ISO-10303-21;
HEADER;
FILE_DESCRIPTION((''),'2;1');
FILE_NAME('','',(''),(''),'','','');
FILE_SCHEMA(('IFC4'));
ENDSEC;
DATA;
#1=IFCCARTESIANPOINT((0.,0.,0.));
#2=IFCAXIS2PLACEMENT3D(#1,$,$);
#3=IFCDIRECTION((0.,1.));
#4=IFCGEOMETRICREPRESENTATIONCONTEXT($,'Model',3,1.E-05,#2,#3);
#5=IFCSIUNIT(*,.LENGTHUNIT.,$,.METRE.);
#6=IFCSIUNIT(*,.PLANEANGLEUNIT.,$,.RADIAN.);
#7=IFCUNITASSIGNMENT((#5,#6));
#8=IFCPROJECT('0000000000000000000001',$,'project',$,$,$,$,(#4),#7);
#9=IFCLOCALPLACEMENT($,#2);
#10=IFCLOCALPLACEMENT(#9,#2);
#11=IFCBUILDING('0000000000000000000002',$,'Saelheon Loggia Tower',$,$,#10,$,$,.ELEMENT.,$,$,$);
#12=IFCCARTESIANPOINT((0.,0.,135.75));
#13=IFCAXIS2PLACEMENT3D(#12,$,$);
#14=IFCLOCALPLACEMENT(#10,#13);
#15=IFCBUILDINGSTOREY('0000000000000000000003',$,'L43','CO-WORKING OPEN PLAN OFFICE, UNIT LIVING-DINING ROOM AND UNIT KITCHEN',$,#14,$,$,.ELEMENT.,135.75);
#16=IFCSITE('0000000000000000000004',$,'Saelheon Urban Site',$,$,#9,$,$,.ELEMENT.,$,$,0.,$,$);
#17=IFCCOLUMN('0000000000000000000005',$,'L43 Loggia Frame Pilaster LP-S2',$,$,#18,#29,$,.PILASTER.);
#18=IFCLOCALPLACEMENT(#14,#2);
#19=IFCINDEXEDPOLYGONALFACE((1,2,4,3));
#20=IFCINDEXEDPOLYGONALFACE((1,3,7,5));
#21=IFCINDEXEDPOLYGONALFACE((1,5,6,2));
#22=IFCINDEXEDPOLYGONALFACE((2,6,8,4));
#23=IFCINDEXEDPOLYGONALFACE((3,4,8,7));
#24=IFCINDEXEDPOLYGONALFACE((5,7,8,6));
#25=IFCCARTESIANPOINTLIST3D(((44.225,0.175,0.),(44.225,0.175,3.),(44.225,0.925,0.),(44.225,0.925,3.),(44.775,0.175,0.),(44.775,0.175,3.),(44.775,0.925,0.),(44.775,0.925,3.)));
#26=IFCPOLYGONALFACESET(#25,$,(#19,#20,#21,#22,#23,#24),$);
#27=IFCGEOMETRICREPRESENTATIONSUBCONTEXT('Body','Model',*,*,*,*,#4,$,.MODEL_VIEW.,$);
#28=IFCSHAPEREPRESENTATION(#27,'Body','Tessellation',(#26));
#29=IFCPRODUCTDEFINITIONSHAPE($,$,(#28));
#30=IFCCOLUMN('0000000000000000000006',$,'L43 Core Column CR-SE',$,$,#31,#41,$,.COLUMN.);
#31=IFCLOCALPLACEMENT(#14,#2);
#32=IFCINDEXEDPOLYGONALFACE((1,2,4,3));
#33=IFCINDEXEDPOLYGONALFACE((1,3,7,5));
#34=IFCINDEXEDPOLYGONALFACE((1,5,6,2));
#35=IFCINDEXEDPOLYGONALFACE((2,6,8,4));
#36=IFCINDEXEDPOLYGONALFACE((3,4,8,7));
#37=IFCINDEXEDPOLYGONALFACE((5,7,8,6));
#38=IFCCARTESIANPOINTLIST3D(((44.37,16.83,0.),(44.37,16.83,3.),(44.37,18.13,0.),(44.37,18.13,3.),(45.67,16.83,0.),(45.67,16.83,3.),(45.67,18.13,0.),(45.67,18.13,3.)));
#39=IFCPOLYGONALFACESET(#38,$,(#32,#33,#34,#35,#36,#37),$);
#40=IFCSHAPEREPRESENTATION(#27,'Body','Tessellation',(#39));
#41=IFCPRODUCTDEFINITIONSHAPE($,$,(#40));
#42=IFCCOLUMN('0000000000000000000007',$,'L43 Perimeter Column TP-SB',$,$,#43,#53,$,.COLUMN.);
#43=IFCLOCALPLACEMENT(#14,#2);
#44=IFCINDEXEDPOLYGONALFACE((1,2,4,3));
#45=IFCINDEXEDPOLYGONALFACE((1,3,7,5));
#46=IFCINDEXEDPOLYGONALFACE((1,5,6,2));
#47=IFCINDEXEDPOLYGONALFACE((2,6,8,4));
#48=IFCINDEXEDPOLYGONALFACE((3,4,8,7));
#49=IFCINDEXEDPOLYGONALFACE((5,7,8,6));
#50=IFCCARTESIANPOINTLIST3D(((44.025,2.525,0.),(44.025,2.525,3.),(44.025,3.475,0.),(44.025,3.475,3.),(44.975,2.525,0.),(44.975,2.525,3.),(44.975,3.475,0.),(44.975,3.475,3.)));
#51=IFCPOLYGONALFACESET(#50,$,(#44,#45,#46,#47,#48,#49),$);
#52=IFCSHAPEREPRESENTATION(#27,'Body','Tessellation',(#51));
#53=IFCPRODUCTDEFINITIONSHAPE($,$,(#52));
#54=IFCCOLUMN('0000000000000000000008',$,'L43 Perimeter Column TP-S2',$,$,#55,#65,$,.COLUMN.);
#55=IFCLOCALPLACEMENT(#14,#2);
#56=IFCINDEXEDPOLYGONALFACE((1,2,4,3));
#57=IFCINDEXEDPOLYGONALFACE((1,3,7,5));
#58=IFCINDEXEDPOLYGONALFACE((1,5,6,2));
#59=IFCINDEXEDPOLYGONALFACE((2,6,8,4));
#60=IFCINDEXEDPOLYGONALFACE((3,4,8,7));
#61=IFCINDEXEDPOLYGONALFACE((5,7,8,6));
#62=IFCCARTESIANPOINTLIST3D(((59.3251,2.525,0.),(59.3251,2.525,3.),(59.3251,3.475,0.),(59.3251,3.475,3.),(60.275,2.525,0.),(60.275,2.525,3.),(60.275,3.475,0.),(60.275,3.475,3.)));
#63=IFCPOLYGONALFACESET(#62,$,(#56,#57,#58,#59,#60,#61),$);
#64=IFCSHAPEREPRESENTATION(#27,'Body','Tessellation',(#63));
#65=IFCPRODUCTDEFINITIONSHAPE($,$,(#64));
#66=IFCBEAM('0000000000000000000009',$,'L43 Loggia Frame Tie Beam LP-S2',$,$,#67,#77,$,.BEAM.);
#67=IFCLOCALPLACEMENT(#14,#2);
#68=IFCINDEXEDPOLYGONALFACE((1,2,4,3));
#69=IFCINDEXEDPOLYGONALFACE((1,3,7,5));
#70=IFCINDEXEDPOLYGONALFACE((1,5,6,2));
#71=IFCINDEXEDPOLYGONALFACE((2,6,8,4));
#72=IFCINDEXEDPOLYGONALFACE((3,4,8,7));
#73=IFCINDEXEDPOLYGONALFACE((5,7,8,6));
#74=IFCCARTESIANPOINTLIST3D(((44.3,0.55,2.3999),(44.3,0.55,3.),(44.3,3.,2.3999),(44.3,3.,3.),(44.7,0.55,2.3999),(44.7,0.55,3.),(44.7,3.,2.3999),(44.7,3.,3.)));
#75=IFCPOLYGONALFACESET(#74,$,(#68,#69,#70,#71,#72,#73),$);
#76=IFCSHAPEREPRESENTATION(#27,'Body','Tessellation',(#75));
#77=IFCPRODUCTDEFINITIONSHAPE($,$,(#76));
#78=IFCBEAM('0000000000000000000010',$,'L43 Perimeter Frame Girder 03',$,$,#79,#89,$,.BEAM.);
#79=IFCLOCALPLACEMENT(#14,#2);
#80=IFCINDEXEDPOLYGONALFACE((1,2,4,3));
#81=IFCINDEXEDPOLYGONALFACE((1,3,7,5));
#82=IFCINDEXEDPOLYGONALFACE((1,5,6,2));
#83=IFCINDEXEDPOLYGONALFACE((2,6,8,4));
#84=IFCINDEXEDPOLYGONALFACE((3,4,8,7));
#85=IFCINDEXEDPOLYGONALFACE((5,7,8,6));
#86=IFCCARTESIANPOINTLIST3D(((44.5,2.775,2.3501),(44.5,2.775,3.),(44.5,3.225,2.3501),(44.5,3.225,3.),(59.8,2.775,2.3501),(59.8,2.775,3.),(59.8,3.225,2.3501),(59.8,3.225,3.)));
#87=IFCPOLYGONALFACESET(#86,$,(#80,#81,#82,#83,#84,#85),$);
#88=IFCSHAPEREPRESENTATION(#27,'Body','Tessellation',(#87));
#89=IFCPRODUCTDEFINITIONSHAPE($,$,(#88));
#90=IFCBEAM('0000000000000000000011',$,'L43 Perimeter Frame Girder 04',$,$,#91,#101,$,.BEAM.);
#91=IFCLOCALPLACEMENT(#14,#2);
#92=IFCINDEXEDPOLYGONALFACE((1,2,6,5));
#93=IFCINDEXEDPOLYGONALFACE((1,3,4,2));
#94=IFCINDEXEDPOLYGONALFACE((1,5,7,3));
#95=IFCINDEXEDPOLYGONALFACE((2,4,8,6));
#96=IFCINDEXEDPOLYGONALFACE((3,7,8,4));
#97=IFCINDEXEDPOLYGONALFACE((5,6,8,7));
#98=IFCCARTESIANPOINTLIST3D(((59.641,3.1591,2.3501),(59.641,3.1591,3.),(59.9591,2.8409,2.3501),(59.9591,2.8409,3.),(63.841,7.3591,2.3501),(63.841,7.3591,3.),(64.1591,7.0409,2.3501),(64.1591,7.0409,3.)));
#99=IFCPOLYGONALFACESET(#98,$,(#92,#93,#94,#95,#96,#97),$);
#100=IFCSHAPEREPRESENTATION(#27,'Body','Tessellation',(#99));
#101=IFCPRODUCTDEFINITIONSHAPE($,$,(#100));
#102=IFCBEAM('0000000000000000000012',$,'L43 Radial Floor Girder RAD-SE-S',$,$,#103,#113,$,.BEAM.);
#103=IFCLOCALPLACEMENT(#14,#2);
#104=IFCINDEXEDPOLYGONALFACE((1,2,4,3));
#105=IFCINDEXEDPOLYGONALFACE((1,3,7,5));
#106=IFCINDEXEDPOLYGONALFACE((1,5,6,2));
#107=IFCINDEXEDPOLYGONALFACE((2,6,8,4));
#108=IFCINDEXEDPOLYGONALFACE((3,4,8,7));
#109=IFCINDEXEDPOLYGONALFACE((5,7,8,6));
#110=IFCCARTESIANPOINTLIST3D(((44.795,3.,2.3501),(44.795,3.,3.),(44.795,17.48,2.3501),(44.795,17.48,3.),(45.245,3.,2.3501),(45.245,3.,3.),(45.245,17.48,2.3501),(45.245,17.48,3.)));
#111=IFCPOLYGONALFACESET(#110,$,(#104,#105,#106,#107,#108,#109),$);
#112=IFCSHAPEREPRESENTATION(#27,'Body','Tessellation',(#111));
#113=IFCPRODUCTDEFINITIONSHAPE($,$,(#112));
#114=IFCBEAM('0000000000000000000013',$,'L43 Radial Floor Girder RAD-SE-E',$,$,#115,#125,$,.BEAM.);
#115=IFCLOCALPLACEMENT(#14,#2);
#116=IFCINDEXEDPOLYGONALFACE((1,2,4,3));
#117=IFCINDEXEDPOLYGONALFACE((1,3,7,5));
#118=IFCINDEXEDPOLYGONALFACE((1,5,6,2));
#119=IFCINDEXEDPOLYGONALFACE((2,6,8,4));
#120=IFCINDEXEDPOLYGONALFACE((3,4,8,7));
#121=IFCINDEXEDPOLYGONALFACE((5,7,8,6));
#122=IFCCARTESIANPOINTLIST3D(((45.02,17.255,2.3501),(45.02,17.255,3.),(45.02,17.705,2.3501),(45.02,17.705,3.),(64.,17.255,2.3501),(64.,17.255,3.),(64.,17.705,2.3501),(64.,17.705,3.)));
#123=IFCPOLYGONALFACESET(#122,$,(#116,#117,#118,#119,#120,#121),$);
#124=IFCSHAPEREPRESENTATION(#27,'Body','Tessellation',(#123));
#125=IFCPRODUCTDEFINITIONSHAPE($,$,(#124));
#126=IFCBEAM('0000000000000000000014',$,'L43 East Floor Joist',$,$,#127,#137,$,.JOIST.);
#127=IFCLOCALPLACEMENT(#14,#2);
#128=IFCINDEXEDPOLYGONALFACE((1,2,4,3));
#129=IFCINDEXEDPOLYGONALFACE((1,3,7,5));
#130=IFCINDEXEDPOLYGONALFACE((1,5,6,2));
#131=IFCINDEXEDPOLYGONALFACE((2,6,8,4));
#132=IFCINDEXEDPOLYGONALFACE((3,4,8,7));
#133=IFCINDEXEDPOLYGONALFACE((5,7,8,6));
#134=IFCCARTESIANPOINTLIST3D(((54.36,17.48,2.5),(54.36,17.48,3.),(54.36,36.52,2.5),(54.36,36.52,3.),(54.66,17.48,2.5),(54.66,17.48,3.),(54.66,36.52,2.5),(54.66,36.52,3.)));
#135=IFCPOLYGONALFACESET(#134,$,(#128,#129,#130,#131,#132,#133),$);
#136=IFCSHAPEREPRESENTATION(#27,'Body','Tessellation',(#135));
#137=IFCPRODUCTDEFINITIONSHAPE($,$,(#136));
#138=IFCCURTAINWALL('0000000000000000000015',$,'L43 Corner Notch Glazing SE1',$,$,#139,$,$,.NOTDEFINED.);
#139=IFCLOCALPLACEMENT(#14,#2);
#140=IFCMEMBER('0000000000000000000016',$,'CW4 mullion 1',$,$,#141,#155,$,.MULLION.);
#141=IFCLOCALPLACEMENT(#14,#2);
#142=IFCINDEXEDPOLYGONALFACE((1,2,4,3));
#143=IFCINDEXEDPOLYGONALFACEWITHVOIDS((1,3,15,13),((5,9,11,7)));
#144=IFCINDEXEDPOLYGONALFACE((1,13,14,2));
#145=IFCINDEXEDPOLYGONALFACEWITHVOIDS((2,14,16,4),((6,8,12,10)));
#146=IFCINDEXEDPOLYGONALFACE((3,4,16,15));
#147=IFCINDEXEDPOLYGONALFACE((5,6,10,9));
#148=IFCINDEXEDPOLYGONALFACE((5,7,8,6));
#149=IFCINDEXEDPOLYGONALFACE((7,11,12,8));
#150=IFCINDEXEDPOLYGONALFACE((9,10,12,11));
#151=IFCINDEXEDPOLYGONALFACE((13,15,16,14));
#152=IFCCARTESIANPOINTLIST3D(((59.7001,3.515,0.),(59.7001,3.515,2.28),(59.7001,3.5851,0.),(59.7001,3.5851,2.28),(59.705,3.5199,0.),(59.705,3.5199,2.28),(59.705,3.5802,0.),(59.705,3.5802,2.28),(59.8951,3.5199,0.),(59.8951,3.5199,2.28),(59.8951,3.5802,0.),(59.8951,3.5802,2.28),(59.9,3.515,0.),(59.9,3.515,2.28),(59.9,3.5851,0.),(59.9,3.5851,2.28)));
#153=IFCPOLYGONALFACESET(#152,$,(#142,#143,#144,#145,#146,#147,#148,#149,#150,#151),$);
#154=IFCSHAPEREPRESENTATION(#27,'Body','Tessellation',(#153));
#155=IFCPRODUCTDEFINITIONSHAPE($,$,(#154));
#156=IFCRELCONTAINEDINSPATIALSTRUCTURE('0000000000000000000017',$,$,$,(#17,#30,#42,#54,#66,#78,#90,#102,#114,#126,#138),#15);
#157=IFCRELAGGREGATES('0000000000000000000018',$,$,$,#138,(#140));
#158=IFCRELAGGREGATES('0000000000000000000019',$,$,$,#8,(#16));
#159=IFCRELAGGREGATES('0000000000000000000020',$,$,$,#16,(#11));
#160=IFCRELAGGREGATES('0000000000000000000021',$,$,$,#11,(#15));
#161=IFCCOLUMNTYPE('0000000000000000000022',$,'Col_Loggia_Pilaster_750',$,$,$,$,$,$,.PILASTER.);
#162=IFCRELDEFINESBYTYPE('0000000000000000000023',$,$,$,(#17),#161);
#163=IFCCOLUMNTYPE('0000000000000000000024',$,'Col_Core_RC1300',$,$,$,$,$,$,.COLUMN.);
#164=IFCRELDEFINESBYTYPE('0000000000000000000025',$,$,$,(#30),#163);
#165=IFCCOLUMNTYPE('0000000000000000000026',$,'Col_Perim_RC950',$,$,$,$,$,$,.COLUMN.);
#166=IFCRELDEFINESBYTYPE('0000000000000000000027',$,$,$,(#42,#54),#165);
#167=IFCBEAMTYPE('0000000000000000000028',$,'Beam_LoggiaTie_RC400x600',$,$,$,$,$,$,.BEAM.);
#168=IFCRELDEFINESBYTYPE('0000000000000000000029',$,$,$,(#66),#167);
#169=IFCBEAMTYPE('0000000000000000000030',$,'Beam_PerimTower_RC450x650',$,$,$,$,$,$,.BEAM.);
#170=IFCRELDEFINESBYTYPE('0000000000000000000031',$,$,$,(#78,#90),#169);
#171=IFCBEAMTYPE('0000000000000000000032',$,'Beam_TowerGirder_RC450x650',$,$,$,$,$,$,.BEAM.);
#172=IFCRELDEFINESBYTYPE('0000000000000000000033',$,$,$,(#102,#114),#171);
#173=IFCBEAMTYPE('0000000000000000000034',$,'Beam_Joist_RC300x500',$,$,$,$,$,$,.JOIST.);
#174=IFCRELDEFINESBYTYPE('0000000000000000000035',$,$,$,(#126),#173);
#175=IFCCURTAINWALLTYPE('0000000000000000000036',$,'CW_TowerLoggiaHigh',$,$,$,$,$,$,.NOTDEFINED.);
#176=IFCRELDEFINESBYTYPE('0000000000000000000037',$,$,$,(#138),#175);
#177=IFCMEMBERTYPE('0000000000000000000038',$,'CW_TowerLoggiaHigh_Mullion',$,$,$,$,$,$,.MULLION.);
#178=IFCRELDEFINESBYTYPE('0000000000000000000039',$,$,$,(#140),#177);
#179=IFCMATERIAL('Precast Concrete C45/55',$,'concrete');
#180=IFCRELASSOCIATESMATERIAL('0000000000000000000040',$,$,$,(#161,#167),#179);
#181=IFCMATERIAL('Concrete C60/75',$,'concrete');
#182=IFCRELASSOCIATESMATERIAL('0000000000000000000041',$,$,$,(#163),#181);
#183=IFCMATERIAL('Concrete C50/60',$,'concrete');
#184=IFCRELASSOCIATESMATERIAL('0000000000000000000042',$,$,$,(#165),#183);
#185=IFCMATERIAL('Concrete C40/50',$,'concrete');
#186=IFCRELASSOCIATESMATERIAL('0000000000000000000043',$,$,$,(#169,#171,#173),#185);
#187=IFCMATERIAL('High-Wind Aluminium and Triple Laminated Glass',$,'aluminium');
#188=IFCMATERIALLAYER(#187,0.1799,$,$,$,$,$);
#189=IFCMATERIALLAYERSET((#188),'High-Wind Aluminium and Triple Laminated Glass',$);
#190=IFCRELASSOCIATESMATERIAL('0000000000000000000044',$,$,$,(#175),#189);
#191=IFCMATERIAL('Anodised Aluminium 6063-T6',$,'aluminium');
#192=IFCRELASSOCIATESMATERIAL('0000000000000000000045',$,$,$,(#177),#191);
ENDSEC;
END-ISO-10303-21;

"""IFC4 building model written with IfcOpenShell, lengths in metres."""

from ifc_helpers import new_model, si_unit, direction, frame, origin, origin_2d, place, context, subcontext, project, spatial, rectangle, hollow_rectangle, extrude, source, transform, mapped, material, layer, layer_set, material_profile, profile_set, type_object, element, aggregate, save


model = new_model("IFC4")

# Units and contexts
model_context = context("Model", 3, precision=1e-05, world=origin(), true_north=direction((0.0, 1.0)))
body_context = subcontext(model_context, "Body", "Model", "MODEL_VIEW")
ifc_project = project(units=[si_unit("LENGTHUNIT", "METRE"), si_unit("PLANEANGLEUNIT", "RADIAN")], contexts=[model_context])

# Site, building, storey
site_placement = place(None, origin())
site = spatial("IfcSite", under=ifc_project, at=site_placement, Name="Saelheon Urban Site", CompositionType="ELEMENT", RefElevation=0.0)
building_placement = place(site_placement, origin())
building = spatial("IfcBuilding", under=site, at=building_placement, Name="Saelheon Loggia Tower", CompositionType="ELEMENT")
storey_placement = place(building_placement, frame((0.0, 0.0, 135.75)))
storey = spatial("IfcBuildingStorey", under=building, at=storey_placement, Name="L43", Description="CO-WORKING OPEN PLAN OFFICE, UNIT LIVING-DINING ROOM AND UNIT KITCHEN", CompositionType="ELEMENT", Elevation=135.75)

# Columns
ifc_material_1 = material(Name="Precast Concrete C45/55", Category="concrete")
ifc_material_profile_1 = material_profile(ifc_material_1, rectangle(XDim=0.55, YDim=0.75, at=origin_2d()), Name="RC-550x750")
ifc_profile_set_1 = profile_set([ifc_material_profile_1], Name="Precast Concrete C45/55")
column_type_1 = type_object("IfcColumnType", Name="Col_Loggia_Pilaster_750", PredefinedType="PILASTER", material=ifc_profile_set_1)
shared_shape_1 = source(origin(), body_context, "Body", "SweptSolid", [
    extrude(rectangle(XDim=0.55, YDim=0.75, at=origin_2d()), origin(), (0.0, 0.0, 1.0), 3.0),
])
column_1_placement = place(storey_placement, frame((44.5, 0.55, 0.0), z_axis=(0.0, 0.0, 1.0), x_axis=(1.0, 0.0, 0.0)))
element("IfcColumn", 1, at=column_1_placement, inside=storey, type_object=column_type_1, Name="L43 Loggia Frame Pilaster LP-S2", PredefinedType="PILASTER", context=body_context, shape_type="MappedRepresentation", body=[
    mapped(shared_shape_1, transform((0.0, 0.0, 0.0), scale=1.0)),
])
ifc_material_2 = material(Name="Concrete C60/75", Category="concrete")
ifc_material_profile_2 = material_profile(ifc_material_2, rectangle(XDim=1.3, YDim=1.3, at=origin_2d()), Name="RC-1300x1300")
ifc_profile_set_2 = profile_set([ifc_material_profile_2], Name="Concrete C60/75")
column_type_2 = type_object("IfcColumnType", Name="Col_Core_RC1300", PredefinedType="COLUMN", material=ifc_profile_set_2)
shared_shape_2 = source(origin(), body_context, "Body", "SweptSolid", [
    extrude(rectangle(XDim=1.3, YDim=1.3, at=origin_2d()), origin(), (0.0, 0.0, 1.0), 3.0),
])
column_2_placement = place(storey_placement, frame((45.02, 17.48, 0.0), z_axis=(0.0, 0.0, 1.0), x_axis=(1.0, 0.0, 0.0)))
element("IfcColumn", 2, at=column_2_placement, inside=storey, type_object=column_type_2, Name="L43 Core Column CR-SE", PredefinedType="COLUMN", context=body_context, shape_type="MappedRepresentation", body=[
    mapped(shared_shape_2, transform((0.0, 0.0, 0.0), scale=1.0)),
])
ifc_material_3 = material(Name="Concrete C50/60", Category="concrete")
ifc_material_profile_3 = material_profile(ifc_material_3, rectangle(XDim=0.95, YDim=0.95, at=origin_2d()), Name="RC-950x950")
ifc_profile_set_3 = profile_set([ifc_material_profile_3], Name="Concrete C50/60")
column_type_3 = type_object("IfcColumnType", Name="Col_Perim_RC950", PredefinedType="COLUMN", material=ifc_profile_set_3)
shared_shape_3 = source(origin(), body_context, "Body", "SweptSolid", [
    extrude(rectangle(XDim=0.95, YDim=0.95, at=origin_2d()), origin(), (0.0, 0.0, 1.0), 3.0),
])
for number, where, z_axis, x_axis, name in (
    (3, (44.5, 3.0, 0.0), (0.0, 0.0, 1.0), (1.0, 0.0, 0.0), "L43 Perimeter Column TP-SB"),
    (4, (59.8, 3.0, 0.0), (0.0, 0.0, 1.0), (1.0, 0.0, 0.0), "L43 Perimeter Column TP-S2"),
):
    element("IfcColumn", number, at=place(storey_placement, frame(where, z_axis=z_axis, x_axis=x_axis)), inside=storey, type_object=column_type_3, Name=name, PredefinedType="COLUMN", context=body_context, shape_type="MappedRepresentation", body=[
        mapped(shared_shape_3, transform((0.0, 0.0, 0.0), scale=1.0)),
    ])

# Beams
ifc_material_profile_4 = material_profile(ifc_material_1, rectangle(XDim=0.3999, YDim=0.6001, at=origin_2d()), Name="RC-400x600")
ifc_profile_set_4 = profile_set([ifc_material_profile_4], Name="Precast Concrete C45/55")
beam_type_1 = type_object("IfcBeamType", Name="Beam_LoggiaTie_RC400x600", PredefinedType="BEAM", material=ifc_profile_set_4)
shared_shape_4 = source(origin(), body_context, "Body", "SweptSolid", [
    extrude(rectangle(XDim=0.3999, YDim=0.6001, at=origin_2d()), origin(), (0.0, 0.0, 1.0), 2.45),
])
beam_1_placement = place(storey_placement, frame((44.5, 3.0, 2.7), z_axis=(0.0, -1.0, 0.0), x_axis=(1.0, 0.0, 0.0)))
element("IfcBeam", 5, at=beam_1_placement, inside=storey, type_object=beam_type_1, Name="L43 Loggia Frame Tie Beam LP-S2", PredefinedType="BEAM", context=body_context, shape_type="MappedRepresentation", body=[
    mapped(shared_shape_4, transform((0.0, 0.0, 0.0), scale=1.0)),
])
ifc_material_4 = material(Name="Concrete C40/50", Category="concrete")
ifc_material_profile_5 = material_profile(ifc_material_4, rectangle(XDim=0.45, YDim=0.6499, at=origin_2d()), Name="RC-450x650")
ifc_profile_set_5 = profile_set([ifc_material_profile_5], Name="Concrete C40/50")
beam_type_2 = type_object("IfcBeamType", Name="Beam_PerimTower_RC450x650", PredefinedType="BEAM", material=ifc_profile_set_5)
shared_shape_5 = source(origin(), body_context, "Body", "SweptSolid", [
    extrude(rectangle(XDim=0.45, YDim=0.6499, at=origin_2d()), origin(), (0.0, 0.0, 1.0), 15.3),
])
beam_2_placement = place(storey_placement, frame((44.5, 3.0, 2.675), z_axis=(1.0, 0.0, 0.0), x_axis=(0.0, 1.0, 0.0)))
element("IfcBeam", 6, at=beam_2_placement, inside=storey, type_object=beam_type_2, Name="L43 Perimeter Frame Girder 03", PredefinedType="BEAM", context=body_context, shape_type="MappedRepresentation", body=[
    mapped(shared_shape_5, transform((0.0, 0.0, 0.0), scale=1.0)),
])
shared_shape_6 = source(origin(), body_context, "Body", "SweptSolid", [
    extrude(rectangle(XDim=0.45, YDim=0.6499, at=origin_2d()), origin(), (0.0, 0.0, 1.0), 5.9397),
])
beam_3_placement = place(storey_placement, frame((59.8, 3.0, 2.675), z_axis=(0.707107, 0.707107, 0.0), x_axis=(-0.707107, 0.707107, 0.0)))
element("IfcBeam", 7, at=beam_3_placement, inside=storey, type_object=beam_type_2, Name="L43 Perimeter Frame Girder 04", PredefinedType="BEAM", context=body_context, shape_type="MappedRepresentation", body=[
    mapped(shared_shape_6, transform((0.0, 0.0, 0.0), scale=1.0)),
])
ifc_material_profile_6 = material_profile(ifc_material_4, rectangle(XDim=0.45, YDim=0.6499, at=origin_2d()), Name="RC-450x650")
ifc_profile_set_6 = profile_set([ifc_material_profile_6], Name="Concrete C40/50")
beam_type_3 = type_object("IfcBeamType", Name="Beam_TowerGirder_RC450x650", PredefinedType="BEAM", material=ifc_profile_set_6)
shared_shape_7 = source(origin(), body_context, "Body", "SweptSolid", [
    extrude(rectangle(XDim=0.45, YDim=0.6499, at=origin_2d()), origin(), (0.0, 0.0, 1.0), 14.48),
])
beam_4_placement = place(storey_placement, frame((45.02, 17.48, 2.675), z_axis=(0.0, -1.0, 0.0), x_axis=(1.0, 0.0, 0.0)))
element("IfcBeam", 8, at=beam_4_placement, inside=storey, type_object=beam_type_3, Name="L43 Radial Floor Girder RAD-SE-S", PredefinedType="BEAM", context=body_context, shape_type="MappedRepresentation", body=[
    mapped(shared_shape_7, transform((0.0, 0.0, 0.0), scale=1.0)),
])
shared_shape_8 = source(origin(), body_context, "Body", "SweptSolid", [
    extrude(rectangle(XDim=0.45, YDim=0.6499, at=origin_2d()), origin(), (0.0, 0.0, 1.0), 18.98),
])
beam_5_placement = place(storey_placement, frame((45.02, 17.48, 2.675), z_axis=(1.0, 0.0, 0.0), x_axis=(0.0, 1.0, 0.0)))
element("IfcBeam", 9, at=beam_5_placement, inside=storey, type_object=beam_type_3, Name="L43 Radial Floor Girder RAD-SE-E", PredefinedType="BEAM", context=body_context, shape_type="MappedRepresentation", body=[
    mapped(shared_shape_8, transform((0.0, 0.0, 0.0), scale=1.0)),
])
ifc_material_profile_7 = material_profile(ifc_material_4, rectangle(XDim=0.3, YDim=0.5, at=origin_2d()), Name="RC-300x500")
ifc_profile_set_7 = profile_set([ifc_material_profile_7], Name="Concrete C40/50")
beam_type_4 = type_object("IfcBeamType", Name="Beam_Joist_RC300x500", PredefinedType="JOIST", material=ifc_profile_set_7)
shared_shape_9 = source(origin(), body_context, "Body", "SweptSolid", [
    extrude(rectangle(XDim=0.3, YDim=0.5, at=origin_2d()), origin(), (0.0, 0.0, 1.0), 19.04),
])
beam_6_placement = place(storey_placement, frame((54.51, 17.48, 2.75), z_axis=(0.0, 1.0, 0.0), x_axis=(-1.0, 0.0, 0.0)))
element("IfcBeam", 10, at=beam_6_placement, inside=storey, type_object=beam_type_4, Name="L43 East Floor Joist", PredefinedType="JOIST", context=body_context, shape_type="MappedRepresentation", body=[
    mapped(shared_shape_9, transform((0.0, 0.0, 0.0), scale=1.0)),
])

# Curtain wall, member
ifc_material_5 = material(Name="High-Wind Aluminium and Triple Laminated Glass", Category="aluminium")
ifc_layer_1 = layer(ifc_material_5, 0.1799)
ifc_layer_set_1 = layer_set([ifc_layer_1], Name="High-Wind Aluminium and Triple Laminated Glass")
curtain_wall_type = type_object("IfcCurtainWallType", Name="CW_TowerLoggiaHigh", PredefinedType="NOTDEFINED", material=ifc_layer_set_1)
curtain_wall_placement = place(storey_placement, origin())
curtain_wall = element("IfcCurtainWall", 11, at=curtain_wall_placement, inside=storey, type_object=curtain_wall_type, Name="L43 Corner Notch Glazing SE1", PredefinedType="NOTDEFINED")
ifc_material_6 = material(Name="Anodised Aluminium 6063-T6", Category="aluminium")
ifc_material_profile_8 = material_profile(ifc_material_6, hollow_rectangle(XDim=0.0701, YDim=0.2, WallThickness=0.0049, at=origin_2d()), Name="RHS-200x70x5")
ifc_profile_set_8 = profile_set([ifc_material_profile_8], Name="Anodised Aluminium 6063-T6")
member_type_1 = type_object("IfcMemberType", Name="CW_TowerLoggiaHigh_Mullion", PredefinedType="MULLION", material=ifc_profile_set_8)
shared_shape_10 = source(origin(), body_context, "Body", "SweptSolid", [
    extrude(hollow_rectangle(XDim=0.0701, YDim=0.2, WallThickness=0.0049, at=origin_2d()), origin(), (0.0, 0.0, 1.0), 2.28),
])
member_1_placement = place(storey_placement, frame((59.8, 3.55, 0.0), z_axis=(0.0, 0.0, 1.0), x_axis=(0.0, 1.0, 0.0)))
member_1 = element("IfcMember", 12, at=member_1_placement, type_object=member_type_1, Name="CW4 mullion 1", PredefinedType="MULLION", context=body_context, shape_type="MappedRepresentation", body=[
    mapped(shared_shape_10, transform((0.0, 0.0, 0.0), scale=1.0)),
])
aggregate(curtain_wall, [member_1])

save(model, "model.ifc")
